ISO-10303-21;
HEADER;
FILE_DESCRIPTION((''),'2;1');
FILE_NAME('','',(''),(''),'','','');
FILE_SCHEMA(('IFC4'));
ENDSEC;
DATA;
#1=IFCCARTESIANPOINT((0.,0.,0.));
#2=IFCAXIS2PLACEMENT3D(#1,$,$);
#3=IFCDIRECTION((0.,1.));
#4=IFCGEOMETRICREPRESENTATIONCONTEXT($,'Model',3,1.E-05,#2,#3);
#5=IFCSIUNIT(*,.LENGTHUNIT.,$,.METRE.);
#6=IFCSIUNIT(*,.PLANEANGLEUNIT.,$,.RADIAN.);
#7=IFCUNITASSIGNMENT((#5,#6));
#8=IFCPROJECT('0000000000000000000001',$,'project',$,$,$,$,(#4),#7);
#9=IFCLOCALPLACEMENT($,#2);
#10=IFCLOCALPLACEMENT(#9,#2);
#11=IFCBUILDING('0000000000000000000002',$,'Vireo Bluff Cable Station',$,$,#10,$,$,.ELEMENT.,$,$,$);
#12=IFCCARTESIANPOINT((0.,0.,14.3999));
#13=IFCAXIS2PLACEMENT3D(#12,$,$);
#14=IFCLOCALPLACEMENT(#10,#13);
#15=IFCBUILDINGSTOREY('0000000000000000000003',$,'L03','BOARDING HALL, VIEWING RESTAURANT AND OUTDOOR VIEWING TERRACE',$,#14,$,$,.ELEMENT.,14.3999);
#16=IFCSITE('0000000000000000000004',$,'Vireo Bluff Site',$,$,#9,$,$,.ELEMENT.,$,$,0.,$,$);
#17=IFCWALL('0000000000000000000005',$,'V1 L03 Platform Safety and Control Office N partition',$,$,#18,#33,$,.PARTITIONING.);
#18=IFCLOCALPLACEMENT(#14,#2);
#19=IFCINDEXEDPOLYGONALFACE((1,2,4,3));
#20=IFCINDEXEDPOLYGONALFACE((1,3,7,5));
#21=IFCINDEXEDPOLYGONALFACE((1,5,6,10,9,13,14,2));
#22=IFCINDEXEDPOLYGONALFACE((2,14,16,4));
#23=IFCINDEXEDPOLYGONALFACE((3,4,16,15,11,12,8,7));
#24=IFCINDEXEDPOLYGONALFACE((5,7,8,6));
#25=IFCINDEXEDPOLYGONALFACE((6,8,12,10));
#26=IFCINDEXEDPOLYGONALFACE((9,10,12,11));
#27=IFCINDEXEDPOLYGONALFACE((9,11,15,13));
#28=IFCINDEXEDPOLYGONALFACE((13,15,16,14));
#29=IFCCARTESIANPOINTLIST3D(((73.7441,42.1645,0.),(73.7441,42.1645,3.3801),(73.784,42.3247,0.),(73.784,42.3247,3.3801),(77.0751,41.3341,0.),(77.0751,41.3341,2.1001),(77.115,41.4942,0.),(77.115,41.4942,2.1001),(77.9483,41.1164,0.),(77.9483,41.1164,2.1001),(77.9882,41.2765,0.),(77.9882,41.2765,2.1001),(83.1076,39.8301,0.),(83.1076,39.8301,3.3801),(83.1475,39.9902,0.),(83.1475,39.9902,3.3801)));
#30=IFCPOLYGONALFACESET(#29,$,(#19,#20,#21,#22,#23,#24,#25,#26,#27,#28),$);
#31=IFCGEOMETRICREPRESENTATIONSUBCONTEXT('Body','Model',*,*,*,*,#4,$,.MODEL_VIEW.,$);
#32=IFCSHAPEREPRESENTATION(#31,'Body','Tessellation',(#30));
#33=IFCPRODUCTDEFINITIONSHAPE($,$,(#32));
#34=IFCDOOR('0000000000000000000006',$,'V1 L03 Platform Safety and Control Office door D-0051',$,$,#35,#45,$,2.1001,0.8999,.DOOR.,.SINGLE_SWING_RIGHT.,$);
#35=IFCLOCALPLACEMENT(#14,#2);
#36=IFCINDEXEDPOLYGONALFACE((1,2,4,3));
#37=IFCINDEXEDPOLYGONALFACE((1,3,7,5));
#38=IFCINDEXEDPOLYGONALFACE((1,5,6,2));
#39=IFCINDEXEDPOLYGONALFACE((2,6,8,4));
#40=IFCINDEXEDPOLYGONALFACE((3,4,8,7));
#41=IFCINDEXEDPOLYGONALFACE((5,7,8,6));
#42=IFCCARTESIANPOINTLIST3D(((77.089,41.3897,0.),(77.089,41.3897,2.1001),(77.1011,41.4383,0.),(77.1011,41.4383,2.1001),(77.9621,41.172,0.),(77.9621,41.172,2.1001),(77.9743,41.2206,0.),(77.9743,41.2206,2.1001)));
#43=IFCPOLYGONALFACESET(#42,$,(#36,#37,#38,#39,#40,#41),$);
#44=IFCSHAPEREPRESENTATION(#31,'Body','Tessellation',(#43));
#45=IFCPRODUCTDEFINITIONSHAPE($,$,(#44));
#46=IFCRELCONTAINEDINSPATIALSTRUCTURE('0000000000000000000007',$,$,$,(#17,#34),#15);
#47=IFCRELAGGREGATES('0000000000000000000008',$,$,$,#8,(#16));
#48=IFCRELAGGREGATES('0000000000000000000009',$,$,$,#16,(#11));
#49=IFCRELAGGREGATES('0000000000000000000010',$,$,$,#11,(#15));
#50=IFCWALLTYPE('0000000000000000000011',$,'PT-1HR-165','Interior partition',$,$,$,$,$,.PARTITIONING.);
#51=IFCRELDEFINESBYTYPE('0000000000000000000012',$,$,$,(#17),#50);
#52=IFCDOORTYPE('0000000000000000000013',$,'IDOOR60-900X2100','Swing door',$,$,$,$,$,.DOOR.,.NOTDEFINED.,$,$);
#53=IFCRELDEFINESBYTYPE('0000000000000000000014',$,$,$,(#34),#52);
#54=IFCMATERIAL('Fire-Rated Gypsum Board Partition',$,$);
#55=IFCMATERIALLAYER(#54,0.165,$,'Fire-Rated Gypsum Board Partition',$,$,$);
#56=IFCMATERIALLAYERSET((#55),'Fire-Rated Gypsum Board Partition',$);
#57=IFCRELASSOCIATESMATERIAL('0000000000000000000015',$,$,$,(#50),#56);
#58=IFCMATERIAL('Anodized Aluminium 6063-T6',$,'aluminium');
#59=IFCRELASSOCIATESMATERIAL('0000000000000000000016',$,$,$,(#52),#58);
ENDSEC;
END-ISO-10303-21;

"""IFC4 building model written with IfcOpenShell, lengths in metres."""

from ifc_helpers import new_model, si_unit, direction, frame, frame_2d, origin, origin_with_axes, place, context, subcontext, project, spatial, rectangle, extrude, material, layer, layer_set, type_object, element, fill, save


model = new_model("IFC4")

# Units and contexts
model_context = context("Model", 3, precision=1e-05, world=origin(), true_north=direction((0.0, 1.0)))
body_context = subcontext(model_context, "Body", "Model", "MODEL_VIEW")
ifc_project = project(units=[si_unit("LENGTHUNIT", "METRE"), si_unit("PLANEANGLEUNIT", "RADIAN")], contexts=[model_context])

# Site, building, storey
site_placement = place(None, origin())
site = spatial("IfcSite", under=ifc_project, at=site_placement, Name="Vireo Bluff Site", CompositionType="ELEMENT", RefElevation=0.0)
building_placement = place(site_placement, origin())
building = spatial("IfcBuilding", under=site, at=building_placement, Name="Vireo Bluff Cable Station", CompositionType="ELEMENT")
storey_placement = place(building_placement, frame((0.0, 0.0, 14.3999)))
storey = spatial("IfcBuildingStorey", under=building, at=storey_placement, Name="L03", Description="BOARDING HALL, VIEWING RESTAURANT AND OUTDOOR VIEWING TERRACE", CompositionType="ELEMENT", Elevation=14.3999)

# Shared definitions
ifc_material_1 = material(Name="Anodized Aluminium 6063-T6", Category="aluminium")

# Wall, opening, door
ifc_material_2 = material(Name="Fire-Rated Gypsum Board Partition")
ifc_layer_1 = layer(ifc_material_2, 0.165, Name="Fire-Rated Gypsum Board Partition")
ifc_layer_set_1 = layer_set([ifc_layer_1], Name="Fire-Rated Gypsum Board Partition")
wall_type = type_object("IfcWallType", Name="PT-1HR-165", Description="Interior partition", PredefinedType="PARTITIONING", material=ifc_layer_set_1)
wall_placement = place(storey_placement, frame((73.7639, 42.2446, 0.0), z_axis=(0.0, 0.0, 1.0), x_axis=(0.970299, -0.241911, 0.0)))
wall = element("IfcWall", 1, at=wall_placement, inside=storey, type_object=wall_type, Name="V1 L03 Platform Safety and Control Office N partition", PredefinedType="PARTITIONING", context=body_context, shape_type="SweptSolid", body=[
    extrude(rectangle(XDim=9.6501, YDim=0.165, at=frame_2d((4.8252, 0.0))), origin(), (0.0, 0.0, 1.0), 3.3801),
])
opening_placement = place(wall_placement, frame((3.4331, 0.0, 0.0)))
opening = element("IfcOpeningElement", 2, at=opening_placement, cuts=wall, PredefinedType="OPENING", context=body_context, shape_type="SweptSolid", body=[
    extrude(rectangle(XDim=0.8999, YDim=2.1001, at=frame_2d((0.45, 1.05))), frame((0.0, 0.0925, 0.0), z_axis=(0.0, -1.0, 0.0), x_axis=(1.0, 0.0, 0.0)), (0.0, 0.0, 1.0), 0.1851),
])
door_type = type_object("IfcDoorType", Name="IDOOR60-900X2100", Description="Swing door", OperationType="NOTDEFINED", PredefinedType="DOOR", material=ifc_material_1)
door_placement = place(opening_placement, origin_with_axes())
door = element("IfcDoor", 3, at=door_placement, inside=storey, type_object=door_type, Name="V1 L03 Platform Safety and Control Office door D-0051", OperationType="SINGLE_SWING_RIGHT", OverallHeight=2.1001, OverallWidth=0.8999, PredefinedType="DOOR", context=body_context, shape_type="SweptSolid", body=[
    extrude(rectangle(XDim=0.8999, YDim=2.1001, at=frame_2d((0.45, 1.05))), frame((0.0, 0.0249, 0.0), z_axis=(0.0, -1.0, 0.0), x_axis=(1.0, 0.0, 0.0)), (0.0, 0.0, 1.0), 0.05),
])
fill(opening, door)

save(model, "model.ifc")
